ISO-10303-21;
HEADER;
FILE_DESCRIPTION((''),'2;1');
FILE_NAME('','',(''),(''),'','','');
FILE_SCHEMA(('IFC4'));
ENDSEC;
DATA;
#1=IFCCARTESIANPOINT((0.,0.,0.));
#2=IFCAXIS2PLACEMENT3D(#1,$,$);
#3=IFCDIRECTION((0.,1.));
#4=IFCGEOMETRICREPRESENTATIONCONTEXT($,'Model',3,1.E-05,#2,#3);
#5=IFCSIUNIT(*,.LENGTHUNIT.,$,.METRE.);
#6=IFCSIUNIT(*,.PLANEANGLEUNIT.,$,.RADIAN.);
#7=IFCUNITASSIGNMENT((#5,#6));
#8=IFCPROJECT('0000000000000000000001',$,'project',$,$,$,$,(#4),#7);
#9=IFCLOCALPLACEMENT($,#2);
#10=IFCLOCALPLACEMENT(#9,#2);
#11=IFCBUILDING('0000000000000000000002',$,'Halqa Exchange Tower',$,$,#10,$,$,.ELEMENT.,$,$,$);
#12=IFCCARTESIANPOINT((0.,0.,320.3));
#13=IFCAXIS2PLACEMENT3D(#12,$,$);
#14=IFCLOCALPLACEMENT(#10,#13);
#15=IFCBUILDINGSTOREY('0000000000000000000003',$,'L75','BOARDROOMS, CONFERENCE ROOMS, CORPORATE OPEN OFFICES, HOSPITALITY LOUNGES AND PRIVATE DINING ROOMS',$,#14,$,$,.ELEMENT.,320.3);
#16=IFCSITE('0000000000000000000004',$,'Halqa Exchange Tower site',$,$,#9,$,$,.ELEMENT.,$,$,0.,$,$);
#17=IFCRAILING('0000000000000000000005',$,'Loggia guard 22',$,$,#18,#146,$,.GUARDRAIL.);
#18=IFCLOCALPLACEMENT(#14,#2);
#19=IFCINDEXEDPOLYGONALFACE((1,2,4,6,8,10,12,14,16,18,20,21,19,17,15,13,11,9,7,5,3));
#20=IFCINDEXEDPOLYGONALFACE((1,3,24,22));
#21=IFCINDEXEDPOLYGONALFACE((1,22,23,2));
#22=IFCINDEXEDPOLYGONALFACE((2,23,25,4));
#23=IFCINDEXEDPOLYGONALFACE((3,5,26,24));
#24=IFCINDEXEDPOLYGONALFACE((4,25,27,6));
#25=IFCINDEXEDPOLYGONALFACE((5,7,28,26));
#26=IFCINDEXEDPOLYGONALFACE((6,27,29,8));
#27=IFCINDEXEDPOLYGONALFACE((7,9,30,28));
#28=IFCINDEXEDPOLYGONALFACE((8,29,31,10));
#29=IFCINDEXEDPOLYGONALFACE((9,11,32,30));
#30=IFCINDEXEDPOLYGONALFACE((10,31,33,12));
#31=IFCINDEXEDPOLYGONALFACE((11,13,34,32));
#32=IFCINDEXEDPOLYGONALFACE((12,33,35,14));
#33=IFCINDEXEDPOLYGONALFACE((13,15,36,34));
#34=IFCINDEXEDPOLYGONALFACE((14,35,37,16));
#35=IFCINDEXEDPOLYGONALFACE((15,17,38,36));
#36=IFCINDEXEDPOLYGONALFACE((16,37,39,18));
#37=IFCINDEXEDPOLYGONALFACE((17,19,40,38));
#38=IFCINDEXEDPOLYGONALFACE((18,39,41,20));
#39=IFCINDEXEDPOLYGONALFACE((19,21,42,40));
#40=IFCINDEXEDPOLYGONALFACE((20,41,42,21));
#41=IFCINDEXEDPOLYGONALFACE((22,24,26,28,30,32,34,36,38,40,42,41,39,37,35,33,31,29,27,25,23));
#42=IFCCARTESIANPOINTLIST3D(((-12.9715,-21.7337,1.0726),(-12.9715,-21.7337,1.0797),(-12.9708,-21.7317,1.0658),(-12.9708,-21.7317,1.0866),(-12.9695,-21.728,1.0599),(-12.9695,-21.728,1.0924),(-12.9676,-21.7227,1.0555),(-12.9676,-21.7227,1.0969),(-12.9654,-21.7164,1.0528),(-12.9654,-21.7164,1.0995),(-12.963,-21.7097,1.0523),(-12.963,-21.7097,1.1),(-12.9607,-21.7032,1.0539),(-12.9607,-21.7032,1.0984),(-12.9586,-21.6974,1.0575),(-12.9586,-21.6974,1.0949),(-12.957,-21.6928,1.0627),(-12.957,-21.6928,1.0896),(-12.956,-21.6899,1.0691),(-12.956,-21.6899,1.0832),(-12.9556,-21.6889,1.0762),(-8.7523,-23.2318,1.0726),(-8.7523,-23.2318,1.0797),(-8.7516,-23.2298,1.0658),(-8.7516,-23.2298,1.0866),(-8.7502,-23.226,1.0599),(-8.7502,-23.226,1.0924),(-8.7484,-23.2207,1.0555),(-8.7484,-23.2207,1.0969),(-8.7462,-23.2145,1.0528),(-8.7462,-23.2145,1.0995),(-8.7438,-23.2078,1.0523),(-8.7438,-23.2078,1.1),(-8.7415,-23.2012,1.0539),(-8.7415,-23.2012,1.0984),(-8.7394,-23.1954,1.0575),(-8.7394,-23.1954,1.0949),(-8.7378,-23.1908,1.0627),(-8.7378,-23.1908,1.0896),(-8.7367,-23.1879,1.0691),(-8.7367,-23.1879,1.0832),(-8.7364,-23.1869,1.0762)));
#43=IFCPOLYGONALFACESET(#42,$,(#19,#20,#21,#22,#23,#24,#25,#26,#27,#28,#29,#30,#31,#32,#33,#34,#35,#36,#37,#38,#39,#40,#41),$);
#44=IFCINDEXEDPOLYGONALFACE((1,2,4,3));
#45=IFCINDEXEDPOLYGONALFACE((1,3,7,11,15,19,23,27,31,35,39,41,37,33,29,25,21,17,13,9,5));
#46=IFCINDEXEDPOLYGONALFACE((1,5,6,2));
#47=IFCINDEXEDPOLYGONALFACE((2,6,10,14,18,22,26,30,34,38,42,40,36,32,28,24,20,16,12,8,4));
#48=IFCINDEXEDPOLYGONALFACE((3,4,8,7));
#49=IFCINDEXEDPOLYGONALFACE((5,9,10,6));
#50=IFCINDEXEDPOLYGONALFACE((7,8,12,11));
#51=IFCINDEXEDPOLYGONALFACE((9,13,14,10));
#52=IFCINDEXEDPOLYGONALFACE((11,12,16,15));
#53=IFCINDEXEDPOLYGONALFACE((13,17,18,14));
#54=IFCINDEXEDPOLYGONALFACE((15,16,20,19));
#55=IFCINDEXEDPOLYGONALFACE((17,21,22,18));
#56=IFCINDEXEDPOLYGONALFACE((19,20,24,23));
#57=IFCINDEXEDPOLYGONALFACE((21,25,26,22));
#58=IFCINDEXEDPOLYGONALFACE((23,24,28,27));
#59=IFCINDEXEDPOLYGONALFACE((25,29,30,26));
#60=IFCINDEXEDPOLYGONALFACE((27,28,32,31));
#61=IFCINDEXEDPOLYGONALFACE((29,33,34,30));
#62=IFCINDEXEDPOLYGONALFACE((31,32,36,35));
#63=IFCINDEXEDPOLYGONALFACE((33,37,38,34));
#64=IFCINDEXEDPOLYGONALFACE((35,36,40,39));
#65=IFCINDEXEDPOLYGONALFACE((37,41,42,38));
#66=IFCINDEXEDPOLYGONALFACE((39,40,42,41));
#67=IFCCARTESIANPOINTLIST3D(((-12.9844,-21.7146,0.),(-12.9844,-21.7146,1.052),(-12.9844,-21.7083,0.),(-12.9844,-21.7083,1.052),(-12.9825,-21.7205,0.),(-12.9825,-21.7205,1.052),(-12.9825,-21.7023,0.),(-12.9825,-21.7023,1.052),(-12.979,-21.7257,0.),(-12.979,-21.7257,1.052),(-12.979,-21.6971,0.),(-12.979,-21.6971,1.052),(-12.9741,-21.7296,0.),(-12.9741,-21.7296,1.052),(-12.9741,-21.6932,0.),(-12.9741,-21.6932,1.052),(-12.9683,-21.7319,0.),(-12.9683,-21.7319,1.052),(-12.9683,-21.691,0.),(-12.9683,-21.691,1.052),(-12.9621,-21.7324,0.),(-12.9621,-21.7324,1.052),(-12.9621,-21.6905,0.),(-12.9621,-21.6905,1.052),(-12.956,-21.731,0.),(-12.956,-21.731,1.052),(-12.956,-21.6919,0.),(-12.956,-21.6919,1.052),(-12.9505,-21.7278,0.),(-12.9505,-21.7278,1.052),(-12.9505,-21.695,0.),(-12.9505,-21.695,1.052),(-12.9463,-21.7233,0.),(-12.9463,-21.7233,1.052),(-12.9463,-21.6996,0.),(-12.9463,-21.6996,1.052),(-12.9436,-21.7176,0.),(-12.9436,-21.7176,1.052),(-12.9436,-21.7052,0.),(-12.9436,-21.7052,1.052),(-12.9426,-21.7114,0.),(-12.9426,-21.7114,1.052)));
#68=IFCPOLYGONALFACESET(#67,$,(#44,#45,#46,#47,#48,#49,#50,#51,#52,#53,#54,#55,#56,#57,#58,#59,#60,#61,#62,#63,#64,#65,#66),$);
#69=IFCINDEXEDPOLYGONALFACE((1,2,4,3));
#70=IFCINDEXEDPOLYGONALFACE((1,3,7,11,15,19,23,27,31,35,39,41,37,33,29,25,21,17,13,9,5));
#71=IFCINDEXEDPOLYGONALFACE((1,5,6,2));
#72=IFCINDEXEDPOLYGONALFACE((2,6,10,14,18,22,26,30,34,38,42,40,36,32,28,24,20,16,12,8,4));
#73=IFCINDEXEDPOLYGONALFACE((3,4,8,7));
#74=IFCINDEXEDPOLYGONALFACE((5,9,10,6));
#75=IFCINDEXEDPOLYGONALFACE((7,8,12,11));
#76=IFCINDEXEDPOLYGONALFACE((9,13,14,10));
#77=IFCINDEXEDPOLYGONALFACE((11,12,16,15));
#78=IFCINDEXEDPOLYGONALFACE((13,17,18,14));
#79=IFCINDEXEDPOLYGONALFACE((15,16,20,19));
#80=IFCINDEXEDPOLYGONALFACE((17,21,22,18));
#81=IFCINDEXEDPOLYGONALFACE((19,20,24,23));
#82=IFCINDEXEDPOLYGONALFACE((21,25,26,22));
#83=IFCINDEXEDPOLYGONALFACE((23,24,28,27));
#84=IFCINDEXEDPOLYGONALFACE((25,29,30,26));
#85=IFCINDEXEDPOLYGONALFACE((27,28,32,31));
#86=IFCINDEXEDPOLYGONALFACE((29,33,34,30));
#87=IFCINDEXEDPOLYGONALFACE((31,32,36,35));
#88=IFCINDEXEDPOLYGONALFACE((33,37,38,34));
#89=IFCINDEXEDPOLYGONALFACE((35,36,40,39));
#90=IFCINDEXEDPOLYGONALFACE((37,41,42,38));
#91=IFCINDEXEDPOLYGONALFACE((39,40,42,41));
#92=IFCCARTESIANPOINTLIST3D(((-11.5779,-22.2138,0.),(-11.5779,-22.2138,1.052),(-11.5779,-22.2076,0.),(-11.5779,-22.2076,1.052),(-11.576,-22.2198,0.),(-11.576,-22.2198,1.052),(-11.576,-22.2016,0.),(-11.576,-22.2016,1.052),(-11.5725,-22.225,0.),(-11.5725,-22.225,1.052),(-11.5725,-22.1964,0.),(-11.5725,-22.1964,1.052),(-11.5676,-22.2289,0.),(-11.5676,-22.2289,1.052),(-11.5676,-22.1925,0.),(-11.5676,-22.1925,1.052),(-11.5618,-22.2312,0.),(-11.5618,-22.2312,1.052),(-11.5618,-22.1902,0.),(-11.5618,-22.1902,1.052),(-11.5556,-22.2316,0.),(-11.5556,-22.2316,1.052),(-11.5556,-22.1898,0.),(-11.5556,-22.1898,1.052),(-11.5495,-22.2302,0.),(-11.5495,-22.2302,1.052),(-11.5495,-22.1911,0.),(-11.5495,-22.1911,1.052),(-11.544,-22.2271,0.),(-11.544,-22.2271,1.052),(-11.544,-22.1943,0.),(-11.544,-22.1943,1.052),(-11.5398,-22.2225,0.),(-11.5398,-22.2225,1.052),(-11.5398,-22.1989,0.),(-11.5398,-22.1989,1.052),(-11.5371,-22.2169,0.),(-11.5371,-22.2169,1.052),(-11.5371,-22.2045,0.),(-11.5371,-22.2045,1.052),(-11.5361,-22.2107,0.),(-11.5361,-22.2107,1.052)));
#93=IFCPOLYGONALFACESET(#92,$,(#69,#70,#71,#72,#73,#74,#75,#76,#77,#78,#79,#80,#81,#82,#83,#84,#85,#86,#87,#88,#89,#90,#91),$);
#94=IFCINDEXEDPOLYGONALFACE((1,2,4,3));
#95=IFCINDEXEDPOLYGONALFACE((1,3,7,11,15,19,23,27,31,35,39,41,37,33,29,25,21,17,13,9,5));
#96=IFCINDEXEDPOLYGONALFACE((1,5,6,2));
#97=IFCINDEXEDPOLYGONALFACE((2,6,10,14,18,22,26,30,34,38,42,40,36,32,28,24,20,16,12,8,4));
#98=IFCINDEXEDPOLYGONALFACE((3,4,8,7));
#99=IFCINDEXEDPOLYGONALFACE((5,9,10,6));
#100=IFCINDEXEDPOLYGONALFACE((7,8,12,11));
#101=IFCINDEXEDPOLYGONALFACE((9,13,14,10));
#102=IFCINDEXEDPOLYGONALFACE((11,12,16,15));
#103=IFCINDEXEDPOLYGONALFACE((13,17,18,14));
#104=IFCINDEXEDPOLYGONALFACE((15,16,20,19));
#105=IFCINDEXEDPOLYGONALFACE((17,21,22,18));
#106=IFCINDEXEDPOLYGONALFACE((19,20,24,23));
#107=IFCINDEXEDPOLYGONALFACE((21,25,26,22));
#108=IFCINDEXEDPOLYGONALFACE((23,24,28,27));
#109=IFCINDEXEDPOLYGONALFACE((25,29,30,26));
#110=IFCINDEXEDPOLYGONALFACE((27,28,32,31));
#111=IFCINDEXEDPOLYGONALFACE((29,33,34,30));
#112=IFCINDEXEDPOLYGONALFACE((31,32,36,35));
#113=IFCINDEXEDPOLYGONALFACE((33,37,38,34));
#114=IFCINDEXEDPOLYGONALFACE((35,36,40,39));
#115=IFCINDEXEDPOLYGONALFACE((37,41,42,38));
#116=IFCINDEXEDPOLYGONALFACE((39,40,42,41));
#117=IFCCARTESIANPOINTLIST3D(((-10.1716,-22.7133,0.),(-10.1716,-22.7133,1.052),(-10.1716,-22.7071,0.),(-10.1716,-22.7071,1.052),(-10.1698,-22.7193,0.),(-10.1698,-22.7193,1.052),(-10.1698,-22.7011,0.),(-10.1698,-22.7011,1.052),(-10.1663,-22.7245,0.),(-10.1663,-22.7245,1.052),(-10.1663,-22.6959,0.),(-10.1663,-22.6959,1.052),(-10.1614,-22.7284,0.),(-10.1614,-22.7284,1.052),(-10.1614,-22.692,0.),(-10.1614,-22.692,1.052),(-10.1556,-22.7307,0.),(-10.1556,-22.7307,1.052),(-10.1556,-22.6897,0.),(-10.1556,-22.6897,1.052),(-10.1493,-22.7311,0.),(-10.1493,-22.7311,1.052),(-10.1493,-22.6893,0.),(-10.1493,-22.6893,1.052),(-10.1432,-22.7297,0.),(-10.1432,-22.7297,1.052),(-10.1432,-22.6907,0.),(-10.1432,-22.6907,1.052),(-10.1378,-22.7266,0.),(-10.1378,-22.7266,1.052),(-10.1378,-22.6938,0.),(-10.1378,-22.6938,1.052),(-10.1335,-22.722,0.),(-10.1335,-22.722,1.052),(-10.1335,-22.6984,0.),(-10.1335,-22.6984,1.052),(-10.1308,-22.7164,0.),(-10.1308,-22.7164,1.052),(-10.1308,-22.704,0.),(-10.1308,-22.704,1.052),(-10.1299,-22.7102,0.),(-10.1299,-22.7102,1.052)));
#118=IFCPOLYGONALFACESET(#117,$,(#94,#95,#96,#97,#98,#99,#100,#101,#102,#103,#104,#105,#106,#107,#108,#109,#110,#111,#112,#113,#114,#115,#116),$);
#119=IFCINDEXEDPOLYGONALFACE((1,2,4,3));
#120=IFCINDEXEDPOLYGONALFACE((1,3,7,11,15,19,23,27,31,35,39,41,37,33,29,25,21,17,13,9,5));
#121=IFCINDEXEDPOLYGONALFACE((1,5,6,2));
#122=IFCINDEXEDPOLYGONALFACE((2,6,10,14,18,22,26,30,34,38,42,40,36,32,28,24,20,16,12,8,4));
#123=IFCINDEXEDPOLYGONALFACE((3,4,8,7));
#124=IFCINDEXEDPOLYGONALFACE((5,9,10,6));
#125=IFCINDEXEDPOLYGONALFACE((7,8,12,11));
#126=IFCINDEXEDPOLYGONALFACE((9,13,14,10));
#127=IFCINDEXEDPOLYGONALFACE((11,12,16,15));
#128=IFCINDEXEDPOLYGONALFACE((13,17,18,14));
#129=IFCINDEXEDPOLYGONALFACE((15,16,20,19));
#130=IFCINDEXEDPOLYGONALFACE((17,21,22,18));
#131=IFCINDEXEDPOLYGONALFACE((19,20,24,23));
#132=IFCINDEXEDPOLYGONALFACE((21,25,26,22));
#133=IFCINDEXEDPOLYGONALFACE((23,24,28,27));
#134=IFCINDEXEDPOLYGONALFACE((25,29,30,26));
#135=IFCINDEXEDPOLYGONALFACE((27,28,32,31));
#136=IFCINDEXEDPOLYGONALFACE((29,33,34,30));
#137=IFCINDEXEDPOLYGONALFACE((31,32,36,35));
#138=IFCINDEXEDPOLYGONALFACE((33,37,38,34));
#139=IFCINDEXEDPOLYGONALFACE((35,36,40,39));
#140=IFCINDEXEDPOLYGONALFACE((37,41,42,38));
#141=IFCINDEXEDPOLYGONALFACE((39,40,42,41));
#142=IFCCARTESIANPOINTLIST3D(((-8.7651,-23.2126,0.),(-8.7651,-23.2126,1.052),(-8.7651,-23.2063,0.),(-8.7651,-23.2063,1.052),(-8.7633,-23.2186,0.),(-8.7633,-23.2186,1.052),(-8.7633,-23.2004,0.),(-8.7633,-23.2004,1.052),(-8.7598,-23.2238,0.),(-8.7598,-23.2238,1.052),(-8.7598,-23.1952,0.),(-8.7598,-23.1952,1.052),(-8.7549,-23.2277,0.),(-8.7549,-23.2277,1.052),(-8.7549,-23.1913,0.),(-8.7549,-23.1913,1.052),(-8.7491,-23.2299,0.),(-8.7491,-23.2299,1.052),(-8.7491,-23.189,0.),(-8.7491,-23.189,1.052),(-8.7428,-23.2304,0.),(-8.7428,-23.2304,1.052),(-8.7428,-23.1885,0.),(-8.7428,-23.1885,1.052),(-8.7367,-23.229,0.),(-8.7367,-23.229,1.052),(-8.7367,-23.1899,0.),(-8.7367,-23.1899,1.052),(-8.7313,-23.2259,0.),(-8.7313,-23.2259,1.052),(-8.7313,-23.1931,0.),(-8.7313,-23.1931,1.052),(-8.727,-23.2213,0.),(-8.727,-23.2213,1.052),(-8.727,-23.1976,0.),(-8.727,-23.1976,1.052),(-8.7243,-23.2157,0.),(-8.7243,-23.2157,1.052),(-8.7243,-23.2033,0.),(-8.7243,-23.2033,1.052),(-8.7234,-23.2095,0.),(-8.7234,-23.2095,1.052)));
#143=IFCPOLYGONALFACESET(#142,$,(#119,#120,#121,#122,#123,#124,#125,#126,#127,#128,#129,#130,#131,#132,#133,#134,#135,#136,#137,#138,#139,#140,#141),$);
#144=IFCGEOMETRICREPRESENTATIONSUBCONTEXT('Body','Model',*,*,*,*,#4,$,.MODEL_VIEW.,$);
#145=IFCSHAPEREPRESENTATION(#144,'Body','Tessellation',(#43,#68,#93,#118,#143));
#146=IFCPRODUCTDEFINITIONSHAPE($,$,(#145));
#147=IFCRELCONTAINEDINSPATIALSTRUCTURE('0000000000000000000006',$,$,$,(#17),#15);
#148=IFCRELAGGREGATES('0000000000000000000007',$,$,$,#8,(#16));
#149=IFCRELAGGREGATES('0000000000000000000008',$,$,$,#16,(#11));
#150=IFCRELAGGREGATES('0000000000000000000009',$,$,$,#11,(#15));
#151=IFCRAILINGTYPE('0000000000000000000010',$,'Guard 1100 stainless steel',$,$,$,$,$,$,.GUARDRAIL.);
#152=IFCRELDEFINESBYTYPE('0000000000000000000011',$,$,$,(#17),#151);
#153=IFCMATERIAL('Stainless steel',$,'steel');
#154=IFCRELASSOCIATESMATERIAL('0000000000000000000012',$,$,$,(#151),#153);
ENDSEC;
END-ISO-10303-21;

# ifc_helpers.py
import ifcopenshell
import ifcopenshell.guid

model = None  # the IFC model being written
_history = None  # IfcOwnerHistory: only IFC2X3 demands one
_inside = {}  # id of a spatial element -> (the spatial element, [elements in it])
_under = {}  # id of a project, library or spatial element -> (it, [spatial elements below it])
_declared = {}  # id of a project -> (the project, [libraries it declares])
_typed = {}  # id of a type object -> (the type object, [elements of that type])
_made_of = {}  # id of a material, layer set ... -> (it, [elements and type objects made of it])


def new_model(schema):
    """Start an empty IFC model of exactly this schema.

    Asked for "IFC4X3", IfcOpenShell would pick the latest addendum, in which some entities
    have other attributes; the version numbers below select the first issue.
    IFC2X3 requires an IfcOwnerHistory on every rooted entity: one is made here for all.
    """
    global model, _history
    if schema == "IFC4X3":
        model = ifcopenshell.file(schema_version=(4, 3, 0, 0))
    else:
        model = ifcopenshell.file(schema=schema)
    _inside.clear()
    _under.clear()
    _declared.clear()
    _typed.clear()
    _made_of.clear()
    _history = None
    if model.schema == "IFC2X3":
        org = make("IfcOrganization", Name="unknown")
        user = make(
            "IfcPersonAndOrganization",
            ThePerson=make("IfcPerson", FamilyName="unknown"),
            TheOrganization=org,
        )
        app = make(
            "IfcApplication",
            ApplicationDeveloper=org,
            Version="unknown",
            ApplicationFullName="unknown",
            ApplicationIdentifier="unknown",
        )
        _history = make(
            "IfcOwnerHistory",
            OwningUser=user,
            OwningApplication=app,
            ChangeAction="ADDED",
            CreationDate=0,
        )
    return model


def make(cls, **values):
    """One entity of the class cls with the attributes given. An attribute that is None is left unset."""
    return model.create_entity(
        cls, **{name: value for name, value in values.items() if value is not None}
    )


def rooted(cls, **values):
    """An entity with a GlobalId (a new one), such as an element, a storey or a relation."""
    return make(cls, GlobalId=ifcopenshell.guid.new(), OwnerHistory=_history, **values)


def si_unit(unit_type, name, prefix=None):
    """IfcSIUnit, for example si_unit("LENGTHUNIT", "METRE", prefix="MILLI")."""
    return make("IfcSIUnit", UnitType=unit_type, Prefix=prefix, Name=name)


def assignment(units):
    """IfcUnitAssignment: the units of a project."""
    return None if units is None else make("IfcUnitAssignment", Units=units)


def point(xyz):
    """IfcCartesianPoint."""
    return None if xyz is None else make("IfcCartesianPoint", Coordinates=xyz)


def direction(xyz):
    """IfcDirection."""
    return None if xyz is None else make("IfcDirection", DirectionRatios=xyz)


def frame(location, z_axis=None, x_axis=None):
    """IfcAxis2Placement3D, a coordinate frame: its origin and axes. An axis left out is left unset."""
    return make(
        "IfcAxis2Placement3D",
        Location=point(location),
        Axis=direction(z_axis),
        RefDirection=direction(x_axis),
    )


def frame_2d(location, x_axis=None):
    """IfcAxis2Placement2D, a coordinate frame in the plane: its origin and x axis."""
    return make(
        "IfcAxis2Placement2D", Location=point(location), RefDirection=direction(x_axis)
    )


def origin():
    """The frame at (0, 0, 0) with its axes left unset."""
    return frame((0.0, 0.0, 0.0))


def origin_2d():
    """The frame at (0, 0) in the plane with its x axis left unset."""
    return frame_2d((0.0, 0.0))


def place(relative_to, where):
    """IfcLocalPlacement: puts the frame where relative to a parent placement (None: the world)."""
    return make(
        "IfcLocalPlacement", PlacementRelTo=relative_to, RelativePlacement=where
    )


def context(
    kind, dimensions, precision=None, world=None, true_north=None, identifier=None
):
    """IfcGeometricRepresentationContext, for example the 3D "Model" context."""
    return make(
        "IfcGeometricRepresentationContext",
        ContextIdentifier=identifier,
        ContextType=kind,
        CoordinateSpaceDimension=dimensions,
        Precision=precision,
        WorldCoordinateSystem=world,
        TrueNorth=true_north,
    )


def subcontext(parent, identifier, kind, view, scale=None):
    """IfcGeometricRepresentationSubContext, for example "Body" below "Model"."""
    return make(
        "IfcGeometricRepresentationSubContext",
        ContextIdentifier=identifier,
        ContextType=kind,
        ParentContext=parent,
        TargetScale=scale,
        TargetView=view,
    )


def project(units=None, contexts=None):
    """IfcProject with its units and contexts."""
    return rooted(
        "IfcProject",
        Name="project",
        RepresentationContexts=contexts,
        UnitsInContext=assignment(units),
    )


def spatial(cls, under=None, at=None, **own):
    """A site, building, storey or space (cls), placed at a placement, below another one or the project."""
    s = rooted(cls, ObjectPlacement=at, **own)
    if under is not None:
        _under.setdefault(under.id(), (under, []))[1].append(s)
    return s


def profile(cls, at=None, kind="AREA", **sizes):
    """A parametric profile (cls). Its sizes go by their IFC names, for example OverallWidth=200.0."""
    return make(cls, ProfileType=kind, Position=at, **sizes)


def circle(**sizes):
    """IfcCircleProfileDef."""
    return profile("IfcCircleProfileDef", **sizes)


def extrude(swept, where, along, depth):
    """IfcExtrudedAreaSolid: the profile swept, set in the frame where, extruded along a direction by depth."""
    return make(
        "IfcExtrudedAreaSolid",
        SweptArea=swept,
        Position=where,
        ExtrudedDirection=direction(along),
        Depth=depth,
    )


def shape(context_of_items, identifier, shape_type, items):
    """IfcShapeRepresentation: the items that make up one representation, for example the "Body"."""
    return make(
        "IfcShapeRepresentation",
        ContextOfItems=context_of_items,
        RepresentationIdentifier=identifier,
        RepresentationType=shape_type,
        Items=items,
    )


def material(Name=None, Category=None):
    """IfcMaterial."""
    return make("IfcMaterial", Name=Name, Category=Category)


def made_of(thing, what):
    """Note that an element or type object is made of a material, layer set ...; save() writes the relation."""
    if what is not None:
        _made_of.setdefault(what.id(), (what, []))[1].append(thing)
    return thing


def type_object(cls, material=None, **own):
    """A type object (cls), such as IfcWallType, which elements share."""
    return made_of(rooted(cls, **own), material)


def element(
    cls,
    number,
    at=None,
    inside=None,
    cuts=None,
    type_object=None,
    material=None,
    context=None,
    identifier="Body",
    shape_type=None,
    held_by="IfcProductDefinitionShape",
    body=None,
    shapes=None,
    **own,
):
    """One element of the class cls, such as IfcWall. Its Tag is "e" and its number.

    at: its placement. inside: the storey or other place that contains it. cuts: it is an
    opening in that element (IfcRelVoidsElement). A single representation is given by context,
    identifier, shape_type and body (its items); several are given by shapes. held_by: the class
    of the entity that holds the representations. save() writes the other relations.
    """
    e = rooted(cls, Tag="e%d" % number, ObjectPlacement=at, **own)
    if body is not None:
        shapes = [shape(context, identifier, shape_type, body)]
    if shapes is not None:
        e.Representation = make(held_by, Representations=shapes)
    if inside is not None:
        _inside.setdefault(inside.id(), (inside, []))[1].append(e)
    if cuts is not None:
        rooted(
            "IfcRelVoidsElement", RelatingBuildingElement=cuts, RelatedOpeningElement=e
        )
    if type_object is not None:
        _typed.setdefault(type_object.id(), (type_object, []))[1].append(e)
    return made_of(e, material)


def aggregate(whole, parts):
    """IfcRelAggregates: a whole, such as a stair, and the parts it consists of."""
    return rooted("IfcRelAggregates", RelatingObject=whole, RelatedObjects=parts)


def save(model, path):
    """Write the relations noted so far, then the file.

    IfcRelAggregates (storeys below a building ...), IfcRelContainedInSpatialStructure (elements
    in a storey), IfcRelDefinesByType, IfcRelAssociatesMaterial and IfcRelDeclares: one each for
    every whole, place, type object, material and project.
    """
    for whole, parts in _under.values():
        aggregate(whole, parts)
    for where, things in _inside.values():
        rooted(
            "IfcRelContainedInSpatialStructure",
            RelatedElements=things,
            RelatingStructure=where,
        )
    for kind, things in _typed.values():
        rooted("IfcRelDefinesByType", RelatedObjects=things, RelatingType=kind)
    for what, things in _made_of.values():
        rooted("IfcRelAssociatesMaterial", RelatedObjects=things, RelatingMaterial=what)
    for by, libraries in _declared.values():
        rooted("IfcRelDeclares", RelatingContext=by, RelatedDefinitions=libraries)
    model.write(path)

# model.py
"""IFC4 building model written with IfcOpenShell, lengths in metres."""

from ifc_helpers import new_model, si_unit, direction, frame, origin, origin_2d, place, context, subcontext, project, spatial, circle, extrude, material, type_object, element, save


model = new_model("IFC4")

# Units and contexts
model_context = context("Model", 3, precision=1e-05, world=origin(), true_north=direction((0.0, 1.0)))
body_context = subcontext(model_context, "Body", "Model", "MODEL_VIEW")
ifc_project = project(units=[si_unit("LENGTHUNIT", "METRE"), si_unit("PLANEANGLEUNIT", "RADIAN")], contexts=[model_context])

# Site, building, storey
site_placement = place(None, origin())
site = spatial("IfcSite", under=ifc_project, at=site_placement, Name="Halqa Exchange Tower site", CompositionType="ELEMENT", RefElevation=0.0)
building_placement = place(site_placement, origin())
building = spatial("IfcBuilding", under=site, at=building_placement, Name="Halqa Exchange Tower", CompositionType="ELEMENT")
storey_placement = place(building_placement, frame((0.0, 0.0, 320.3)))
storey = spatial("IfcBuildingStorey", under=building, at=storey_placement, Name="L75", Description="BOARDROOMS, CONFERENCE ROOMS, CORPORATE OPEN OFFICES, HOSPITALITY LOUNGES AND PRIVATE DINING ROOMS", CompositionType="ELEMENT", Elevation=320.3)

# Railing
ifc_material_1 = material(Name="Stainless steel", Category="steel")
railing_type = type_object("IfcRailingType", Name="Guard 1100 stainless steel", PredefinedType="GUARDRAIL", material=ifc_material_1)
railing_1_placement = place(storey_placement, frame((-12.9636, -21.7114, 0.0)))
element("IfcRailing", 1, at=railing_1_placement, inside=storey, type_object=railing_type, Name="Loggia guard 22", PredefinedType="GUARDRAIL", context=body_context, shape_type="SweptSolid", body=[
    extrude(circle(Radius=0.0239, at=origin_2d()), frame((0.0, 0.0, 1.0762), z_axis=(0.942365, -0.334588, 0.0), x_axis=(0.334588, 0.942365, 0.0)), (0.0, 0.0, 1.0), 4.4773),
    extrude(circle(Radius=0.021, at=origin_2d()), origin(), (0.0, 0.0, 1.0), 1.052),
    extrude(circle(Radius=0.021, at=origin_2d()), frame((1.4065, -0.4993, 0.0)), (0.0, 0.0, 1.0), 1.052),
    extrude(circle(Radius=0.021, at=origin_2d()), frame((2.8127, -0.9988, 0.0)), (0.0, 0.0, 1.0), 1.052),
    extrude(circle(Radius=0.021, at=origin_2d()), frame((4.2192, -1.498, 0.0)), (0.0, 0.0, 1.0), 1.052),
])

save(model, "model.ifc")
